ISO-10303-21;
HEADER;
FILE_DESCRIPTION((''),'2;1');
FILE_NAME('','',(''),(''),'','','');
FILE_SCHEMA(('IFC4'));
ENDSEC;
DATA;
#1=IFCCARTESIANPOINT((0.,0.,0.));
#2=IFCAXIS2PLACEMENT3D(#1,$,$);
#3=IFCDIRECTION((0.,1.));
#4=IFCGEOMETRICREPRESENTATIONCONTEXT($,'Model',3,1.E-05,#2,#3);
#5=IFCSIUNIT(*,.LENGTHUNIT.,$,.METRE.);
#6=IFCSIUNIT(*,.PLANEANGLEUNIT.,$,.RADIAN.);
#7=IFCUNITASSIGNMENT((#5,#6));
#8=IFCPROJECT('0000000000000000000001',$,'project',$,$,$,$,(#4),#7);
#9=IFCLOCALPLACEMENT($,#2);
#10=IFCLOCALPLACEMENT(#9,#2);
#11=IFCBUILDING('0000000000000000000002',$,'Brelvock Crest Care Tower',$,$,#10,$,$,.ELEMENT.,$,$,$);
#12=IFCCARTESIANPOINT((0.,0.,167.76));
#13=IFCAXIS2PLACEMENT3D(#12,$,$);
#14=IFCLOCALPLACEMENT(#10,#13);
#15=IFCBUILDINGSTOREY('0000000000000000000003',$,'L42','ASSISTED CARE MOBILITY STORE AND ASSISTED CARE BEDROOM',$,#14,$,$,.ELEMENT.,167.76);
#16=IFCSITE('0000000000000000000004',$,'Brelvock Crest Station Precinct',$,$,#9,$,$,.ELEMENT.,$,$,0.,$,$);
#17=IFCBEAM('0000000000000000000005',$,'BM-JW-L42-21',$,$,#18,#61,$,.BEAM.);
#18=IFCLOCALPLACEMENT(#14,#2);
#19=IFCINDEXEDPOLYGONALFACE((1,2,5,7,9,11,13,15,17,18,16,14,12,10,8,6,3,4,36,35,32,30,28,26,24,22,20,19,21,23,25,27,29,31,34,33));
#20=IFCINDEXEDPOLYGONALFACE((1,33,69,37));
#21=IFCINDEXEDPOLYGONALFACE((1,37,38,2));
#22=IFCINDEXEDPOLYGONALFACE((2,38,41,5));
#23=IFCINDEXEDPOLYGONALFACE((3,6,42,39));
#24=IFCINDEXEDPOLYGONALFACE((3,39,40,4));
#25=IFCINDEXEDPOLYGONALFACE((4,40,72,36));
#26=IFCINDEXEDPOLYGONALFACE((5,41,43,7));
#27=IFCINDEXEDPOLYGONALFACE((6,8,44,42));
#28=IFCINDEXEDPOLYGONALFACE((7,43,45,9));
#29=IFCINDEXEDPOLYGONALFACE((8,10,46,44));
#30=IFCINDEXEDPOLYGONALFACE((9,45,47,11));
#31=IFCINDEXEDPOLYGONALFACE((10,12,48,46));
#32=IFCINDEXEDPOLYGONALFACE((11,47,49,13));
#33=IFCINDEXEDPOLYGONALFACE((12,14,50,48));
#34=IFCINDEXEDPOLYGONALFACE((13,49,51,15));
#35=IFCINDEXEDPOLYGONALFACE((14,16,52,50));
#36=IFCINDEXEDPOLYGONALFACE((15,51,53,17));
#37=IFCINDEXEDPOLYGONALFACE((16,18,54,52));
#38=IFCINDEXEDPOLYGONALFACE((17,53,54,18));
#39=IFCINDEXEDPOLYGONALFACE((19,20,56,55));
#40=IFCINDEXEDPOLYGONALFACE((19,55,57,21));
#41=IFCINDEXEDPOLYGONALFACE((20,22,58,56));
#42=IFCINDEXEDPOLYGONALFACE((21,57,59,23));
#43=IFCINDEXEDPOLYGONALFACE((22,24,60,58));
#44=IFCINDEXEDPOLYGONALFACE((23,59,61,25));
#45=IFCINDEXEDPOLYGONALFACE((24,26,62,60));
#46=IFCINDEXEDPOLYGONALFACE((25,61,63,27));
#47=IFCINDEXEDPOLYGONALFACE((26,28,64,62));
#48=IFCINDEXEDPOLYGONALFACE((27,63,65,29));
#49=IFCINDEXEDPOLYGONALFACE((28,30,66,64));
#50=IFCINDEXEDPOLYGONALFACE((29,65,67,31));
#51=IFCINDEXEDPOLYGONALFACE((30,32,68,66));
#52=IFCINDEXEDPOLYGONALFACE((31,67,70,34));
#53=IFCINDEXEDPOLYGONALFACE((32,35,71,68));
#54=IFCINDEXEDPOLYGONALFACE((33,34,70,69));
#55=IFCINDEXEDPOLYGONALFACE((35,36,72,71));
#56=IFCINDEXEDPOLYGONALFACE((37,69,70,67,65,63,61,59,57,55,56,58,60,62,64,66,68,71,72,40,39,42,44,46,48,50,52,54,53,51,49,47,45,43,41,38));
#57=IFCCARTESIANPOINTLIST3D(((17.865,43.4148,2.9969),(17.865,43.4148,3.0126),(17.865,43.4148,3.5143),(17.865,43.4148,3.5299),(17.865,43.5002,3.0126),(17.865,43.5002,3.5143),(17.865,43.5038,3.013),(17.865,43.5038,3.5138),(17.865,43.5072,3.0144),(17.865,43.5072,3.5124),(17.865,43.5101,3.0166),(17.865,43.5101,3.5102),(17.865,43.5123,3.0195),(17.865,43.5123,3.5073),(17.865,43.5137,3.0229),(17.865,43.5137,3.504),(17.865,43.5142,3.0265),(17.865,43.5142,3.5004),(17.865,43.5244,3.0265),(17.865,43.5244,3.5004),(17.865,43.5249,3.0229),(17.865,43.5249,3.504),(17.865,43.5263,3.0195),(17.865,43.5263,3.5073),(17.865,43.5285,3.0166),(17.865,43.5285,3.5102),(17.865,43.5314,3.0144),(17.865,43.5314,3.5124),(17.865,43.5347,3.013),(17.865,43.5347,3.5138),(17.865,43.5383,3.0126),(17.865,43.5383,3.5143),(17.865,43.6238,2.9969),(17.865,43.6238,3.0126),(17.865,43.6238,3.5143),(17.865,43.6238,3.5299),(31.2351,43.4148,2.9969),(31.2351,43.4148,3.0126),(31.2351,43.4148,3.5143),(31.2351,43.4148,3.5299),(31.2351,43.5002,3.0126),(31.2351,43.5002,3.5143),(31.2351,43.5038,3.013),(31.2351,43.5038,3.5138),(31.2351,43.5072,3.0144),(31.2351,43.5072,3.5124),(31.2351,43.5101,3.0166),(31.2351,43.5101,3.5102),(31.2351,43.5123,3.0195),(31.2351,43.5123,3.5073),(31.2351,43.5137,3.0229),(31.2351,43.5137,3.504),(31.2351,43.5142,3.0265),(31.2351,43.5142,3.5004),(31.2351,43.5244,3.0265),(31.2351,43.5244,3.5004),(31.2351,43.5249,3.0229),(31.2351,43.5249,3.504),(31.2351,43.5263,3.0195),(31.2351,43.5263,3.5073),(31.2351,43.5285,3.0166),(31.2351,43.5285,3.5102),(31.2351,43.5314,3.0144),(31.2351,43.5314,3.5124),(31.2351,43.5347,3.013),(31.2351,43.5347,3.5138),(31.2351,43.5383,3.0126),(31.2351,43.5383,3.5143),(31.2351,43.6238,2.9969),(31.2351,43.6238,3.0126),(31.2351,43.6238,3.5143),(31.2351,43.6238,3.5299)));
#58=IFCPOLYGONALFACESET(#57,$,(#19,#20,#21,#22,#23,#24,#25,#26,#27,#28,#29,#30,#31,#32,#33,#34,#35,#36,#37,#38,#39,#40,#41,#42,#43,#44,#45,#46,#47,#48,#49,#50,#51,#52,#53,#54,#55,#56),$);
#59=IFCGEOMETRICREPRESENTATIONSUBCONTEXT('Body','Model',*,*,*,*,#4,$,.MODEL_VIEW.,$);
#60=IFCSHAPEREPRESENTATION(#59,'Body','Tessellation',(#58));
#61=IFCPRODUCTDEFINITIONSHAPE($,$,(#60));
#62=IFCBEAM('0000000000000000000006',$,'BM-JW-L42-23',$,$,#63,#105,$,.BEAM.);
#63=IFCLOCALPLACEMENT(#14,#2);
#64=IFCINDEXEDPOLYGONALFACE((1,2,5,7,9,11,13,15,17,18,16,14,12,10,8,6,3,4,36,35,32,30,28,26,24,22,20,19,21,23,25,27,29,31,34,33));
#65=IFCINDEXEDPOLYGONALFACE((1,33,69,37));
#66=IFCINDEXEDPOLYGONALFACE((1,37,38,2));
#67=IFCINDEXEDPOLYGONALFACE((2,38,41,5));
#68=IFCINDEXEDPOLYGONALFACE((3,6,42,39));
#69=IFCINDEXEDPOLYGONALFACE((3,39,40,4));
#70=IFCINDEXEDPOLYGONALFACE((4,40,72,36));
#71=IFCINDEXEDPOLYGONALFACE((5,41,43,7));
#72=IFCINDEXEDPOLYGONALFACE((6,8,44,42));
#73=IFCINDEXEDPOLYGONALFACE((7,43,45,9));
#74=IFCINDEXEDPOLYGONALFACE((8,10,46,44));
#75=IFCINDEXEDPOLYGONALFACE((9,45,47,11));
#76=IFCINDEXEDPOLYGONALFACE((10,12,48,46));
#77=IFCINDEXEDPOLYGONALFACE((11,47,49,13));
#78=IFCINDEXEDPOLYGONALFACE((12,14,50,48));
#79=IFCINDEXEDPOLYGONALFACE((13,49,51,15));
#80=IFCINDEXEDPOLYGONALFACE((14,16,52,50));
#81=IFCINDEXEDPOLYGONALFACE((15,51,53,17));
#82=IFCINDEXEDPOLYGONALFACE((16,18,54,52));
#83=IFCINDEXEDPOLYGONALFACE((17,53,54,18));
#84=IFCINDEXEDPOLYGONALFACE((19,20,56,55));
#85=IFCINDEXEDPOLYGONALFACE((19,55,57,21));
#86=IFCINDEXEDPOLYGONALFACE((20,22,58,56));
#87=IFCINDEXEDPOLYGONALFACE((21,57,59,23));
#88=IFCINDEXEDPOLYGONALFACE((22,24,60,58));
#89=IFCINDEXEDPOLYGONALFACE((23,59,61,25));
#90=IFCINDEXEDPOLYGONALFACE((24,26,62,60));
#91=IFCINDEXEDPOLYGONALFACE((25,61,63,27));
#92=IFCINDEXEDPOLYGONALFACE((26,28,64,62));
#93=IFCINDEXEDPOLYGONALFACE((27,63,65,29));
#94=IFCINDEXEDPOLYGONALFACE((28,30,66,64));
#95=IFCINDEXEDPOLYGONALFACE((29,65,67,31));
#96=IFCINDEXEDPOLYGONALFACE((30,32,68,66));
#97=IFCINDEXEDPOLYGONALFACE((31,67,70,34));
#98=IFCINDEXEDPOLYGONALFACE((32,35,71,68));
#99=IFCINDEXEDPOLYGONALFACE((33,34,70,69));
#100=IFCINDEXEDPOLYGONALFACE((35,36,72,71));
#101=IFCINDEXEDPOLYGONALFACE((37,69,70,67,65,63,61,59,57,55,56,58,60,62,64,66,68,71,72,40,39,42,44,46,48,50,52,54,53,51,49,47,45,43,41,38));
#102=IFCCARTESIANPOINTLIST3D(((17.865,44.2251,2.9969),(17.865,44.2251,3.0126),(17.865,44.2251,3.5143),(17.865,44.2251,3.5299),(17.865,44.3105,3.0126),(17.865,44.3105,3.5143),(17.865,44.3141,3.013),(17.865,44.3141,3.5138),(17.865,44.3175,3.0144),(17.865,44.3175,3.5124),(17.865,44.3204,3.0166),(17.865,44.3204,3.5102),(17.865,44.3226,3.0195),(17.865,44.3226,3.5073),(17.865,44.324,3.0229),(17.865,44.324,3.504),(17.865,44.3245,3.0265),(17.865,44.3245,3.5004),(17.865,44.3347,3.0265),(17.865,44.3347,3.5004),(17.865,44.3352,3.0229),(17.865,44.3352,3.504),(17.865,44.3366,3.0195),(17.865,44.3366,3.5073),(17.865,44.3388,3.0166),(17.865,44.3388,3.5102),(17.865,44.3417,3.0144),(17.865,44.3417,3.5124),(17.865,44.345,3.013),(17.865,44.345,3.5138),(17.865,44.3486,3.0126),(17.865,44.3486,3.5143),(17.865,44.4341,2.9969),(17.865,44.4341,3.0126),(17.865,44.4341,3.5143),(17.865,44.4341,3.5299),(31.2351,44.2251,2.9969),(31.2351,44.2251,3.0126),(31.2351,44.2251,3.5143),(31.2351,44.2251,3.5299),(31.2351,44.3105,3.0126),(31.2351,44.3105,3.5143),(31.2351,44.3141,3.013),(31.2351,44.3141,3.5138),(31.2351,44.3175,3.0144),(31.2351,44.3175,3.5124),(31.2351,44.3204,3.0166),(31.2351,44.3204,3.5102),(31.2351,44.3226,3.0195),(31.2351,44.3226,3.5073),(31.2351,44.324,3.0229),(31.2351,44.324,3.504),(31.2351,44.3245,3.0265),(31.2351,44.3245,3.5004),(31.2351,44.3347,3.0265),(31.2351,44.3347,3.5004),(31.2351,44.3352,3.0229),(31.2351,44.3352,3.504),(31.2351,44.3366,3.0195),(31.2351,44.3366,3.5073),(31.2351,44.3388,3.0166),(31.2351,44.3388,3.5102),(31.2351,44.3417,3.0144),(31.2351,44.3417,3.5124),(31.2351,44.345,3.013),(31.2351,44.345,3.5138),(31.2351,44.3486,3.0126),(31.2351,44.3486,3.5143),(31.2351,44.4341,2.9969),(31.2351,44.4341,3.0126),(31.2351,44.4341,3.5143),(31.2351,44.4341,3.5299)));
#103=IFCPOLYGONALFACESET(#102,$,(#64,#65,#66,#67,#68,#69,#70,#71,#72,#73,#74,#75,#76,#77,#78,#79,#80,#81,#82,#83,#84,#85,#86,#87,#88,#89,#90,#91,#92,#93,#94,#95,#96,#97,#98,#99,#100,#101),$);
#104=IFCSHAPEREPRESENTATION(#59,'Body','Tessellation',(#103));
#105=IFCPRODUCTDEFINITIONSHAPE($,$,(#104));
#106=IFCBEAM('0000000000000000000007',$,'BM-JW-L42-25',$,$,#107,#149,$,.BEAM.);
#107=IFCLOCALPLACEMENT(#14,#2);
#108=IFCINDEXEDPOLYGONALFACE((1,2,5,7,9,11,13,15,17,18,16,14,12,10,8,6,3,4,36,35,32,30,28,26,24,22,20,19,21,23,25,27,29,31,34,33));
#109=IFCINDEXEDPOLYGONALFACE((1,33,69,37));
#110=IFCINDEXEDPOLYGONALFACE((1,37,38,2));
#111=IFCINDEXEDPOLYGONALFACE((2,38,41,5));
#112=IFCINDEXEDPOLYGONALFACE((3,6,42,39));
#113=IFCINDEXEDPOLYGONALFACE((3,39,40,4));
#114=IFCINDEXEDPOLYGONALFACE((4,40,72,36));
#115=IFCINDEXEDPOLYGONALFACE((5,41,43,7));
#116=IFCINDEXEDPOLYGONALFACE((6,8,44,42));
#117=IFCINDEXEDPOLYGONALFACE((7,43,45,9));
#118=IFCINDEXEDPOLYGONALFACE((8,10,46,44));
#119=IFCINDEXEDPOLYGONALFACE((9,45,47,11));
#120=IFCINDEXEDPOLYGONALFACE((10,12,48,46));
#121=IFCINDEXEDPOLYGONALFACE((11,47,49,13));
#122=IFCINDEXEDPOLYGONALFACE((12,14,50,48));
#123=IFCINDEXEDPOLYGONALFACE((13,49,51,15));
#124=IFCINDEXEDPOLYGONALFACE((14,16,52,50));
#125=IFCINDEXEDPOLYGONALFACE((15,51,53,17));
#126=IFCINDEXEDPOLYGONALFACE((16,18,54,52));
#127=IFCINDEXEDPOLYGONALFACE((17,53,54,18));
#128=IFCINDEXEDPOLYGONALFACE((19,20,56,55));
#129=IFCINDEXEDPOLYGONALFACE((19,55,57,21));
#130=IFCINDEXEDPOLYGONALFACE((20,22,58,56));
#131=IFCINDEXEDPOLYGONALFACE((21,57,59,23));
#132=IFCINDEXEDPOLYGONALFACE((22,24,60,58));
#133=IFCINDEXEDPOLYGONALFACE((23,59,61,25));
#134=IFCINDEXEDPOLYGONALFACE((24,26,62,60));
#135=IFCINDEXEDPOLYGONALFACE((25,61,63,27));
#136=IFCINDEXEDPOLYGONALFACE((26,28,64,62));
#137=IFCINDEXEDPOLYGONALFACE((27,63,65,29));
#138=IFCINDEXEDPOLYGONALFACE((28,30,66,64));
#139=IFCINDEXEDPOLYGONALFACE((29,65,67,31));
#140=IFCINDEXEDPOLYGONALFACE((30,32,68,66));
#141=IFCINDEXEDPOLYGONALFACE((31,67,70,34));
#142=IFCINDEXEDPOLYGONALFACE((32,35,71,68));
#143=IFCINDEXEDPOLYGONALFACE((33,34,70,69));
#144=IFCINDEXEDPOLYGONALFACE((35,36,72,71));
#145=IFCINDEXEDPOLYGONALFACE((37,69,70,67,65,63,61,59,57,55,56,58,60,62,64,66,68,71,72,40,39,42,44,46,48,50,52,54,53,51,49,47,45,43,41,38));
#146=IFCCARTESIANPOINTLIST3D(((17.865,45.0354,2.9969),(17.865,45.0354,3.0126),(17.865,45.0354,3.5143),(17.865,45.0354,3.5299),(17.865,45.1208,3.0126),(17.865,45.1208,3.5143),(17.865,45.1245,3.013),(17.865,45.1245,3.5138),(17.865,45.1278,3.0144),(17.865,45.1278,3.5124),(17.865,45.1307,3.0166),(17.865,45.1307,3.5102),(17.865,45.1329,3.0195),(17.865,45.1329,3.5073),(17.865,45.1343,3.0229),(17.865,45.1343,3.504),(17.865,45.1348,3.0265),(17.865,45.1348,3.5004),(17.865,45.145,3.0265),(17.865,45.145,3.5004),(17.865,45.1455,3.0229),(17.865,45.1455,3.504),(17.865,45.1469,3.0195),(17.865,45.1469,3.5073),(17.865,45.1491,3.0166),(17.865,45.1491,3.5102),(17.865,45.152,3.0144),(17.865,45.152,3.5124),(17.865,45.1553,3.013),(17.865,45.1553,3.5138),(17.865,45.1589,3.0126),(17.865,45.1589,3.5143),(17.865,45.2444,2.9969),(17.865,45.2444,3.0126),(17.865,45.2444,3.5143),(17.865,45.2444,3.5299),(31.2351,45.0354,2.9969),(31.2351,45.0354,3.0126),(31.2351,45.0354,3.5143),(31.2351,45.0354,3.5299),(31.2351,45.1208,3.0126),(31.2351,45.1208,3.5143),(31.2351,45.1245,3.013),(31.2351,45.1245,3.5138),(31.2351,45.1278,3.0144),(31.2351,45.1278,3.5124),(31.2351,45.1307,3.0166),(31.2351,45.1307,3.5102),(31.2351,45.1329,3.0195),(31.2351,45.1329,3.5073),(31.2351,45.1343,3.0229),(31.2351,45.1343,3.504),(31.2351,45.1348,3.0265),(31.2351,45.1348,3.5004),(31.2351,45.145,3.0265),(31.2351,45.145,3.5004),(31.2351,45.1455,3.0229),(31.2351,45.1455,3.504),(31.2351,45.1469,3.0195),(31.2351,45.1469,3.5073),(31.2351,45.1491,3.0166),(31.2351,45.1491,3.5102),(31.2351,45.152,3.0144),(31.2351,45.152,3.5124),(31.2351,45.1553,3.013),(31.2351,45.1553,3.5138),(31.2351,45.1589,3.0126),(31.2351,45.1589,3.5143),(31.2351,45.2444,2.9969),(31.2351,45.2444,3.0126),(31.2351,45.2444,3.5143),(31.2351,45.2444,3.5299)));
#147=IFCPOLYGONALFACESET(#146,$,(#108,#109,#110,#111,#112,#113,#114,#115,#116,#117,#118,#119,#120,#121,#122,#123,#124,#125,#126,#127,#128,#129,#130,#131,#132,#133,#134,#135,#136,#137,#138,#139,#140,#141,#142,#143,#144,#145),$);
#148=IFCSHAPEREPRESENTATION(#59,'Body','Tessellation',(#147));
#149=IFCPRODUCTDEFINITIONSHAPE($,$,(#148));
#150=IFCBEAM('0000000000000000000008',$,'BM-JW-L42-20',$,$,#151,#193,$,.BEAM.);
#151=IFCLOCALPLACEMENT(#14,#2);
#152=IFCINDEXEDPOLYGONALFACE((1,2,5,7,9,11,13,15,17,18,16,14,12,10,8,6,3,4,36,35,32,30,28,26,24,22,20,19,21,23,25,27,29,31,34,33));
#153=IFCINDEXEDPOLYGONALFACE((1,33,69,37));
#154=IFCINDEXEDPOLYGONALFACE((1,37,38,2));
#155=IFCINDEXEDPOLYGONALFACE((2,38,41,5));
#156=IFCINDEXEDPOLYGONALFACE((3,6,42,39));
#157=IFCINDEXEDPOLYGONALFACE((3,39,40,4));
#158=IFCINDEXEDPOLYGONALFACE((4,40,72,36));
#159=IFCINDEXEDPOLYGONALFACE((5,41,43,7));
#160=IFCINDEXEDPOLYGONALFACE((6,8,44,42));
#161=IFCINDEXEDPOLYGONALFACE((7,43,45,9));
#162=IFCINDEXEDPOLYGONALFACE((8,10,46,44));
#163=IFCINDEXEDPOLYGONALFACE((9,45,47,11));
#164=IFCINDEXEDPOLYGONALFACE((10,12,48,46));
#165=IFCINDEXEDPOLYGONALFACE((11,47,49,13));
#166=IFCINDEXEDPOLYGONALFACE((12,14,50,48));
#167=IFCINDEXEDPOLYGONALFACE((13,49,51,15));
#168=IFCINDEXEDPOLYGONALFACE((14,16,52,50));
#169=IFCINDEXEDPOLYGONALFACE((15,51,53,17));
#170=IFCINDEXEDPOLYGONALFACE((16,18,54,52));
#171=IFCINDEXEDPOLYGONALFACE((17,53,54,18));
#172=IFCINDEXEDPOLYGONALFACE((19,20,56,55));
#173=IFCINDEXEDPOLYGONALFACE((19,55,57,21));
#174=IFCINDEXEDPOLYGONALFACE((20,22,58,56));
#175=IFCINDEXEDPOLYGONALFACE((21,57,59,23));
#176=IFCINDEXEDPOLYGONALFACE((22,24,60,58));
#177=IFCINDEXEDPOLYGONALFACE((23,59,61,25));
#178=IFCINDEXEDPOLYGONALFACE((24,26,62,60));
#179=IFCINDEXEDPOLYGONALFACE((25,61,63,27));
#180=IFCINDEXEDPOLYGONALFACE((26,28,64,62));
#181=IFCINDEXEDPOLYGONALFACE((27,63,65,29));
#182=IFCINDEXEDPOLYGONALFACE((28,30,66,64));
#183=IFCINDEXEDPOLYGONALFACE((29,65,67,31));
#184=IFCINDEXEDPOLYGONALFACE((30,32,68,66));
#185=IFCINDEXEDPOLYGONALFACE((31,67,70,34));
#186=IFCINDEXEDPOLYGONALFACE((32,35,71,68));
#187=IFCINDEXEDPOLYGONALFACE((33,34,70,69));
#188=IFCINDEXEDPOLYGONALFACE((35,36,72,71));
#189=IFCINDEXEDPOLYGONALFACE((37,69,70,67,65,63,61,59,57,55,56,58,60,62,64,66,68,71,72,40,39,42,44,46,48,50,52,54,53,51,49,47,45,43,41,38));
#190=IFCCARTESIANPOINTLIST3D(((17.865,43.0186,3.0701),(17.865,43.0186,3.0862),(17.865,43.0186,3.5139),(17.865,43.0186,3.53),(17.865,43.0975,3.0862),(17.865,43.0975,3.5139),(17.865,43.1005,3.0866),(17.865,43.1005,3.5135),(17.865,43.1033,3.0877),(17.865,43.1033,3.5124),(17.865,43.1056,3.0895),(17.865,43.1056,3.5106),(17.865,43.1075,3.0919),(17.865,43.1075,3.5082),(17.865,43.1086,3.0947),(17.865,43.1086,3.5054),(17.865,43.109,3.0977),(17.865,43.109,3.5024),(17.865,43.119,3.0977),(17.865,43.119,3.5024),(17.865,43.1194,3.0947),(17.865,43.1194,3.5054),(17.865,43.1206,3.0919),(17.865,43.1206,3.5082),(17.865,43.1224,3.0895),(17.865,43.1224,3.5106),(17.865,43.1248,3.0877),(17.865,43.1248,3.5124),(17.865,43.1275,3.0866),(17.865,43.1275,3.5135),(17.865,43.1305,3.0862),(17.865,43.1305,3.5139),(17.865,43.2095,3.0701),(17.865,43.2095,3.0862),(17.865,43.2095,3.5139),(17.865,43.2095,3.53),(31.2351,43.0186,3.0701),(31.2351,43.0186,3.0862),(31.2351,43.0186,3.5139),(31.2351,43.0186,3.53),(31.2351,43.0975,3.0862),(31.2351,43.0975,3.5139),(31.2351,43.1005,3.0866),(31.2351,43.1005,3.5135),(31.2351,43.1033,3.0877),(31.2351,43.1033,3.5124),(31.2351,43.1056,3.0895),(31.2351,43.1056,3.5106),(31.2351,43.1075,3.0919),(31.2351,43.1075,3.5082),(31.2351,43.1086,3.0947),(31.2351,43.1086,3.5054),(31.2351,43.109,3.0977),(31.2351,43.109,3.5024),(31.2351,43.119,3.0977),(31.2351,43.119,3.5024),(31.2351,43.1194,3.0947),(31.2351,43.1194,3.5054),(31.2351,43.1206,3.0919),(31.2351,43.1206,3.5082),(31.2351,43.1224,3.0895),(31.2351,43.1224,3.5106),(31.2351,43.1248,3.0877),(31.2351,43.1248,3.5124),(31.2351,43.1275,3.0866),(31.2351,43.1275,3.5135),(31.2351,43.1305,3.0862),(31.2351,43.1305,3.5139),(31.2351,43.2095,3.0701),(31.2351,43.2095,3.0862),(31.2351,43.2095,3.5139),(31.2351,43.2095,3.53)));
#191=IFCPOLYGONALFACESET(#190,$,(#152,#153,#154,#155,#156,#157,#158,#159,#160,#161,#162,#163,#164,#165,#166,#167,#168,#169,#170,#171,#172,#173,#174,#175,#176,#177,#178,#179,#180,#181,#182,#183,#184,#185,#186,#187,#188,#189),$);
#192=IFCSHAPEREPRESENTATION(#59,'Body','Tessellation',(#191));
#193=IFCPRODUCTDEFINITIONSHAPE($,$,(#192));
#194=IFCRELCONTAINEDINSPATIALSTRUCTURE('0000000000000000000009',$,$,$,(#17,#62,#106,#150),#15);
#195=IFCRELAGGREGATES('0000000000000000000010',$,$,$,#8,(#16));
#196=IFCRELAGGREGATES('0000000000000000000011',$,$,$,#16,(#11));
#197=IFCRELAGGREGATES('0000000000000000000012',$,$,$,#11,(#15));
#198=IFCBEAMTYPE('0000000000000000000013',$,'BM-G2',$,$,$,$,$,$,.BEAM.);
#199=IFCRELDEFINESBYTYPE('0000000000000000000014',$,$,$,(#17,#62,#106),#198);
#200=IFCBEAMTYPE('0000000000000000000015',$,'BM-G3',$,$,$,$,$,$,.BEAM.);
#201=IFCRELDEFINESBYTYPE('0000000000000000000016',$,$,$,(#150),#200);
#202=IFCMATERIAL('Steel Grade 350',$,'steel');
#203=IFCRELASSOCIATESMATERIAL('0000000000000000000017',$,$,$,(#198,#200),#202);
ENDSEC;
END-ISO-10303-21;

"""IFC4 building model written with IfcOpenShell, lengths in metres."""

from ifc_helpers import new_model, si_unit, direction, frame, origin, origin_2d, place, context, subcontext, project, spatial, i_section, extrude, source, transform, mapped, material, material_profile, profile_set, type_object, element, save


model = new_model("IFC4")

# Units and contexts
model_context = context("Model", 3, precision=1e-05, world=origin(), true_north=direction((0.0, 1.0)))
body_context = subcontext(model_context, "Body", "Model", "MODEL_VIEW")
ifc_project = project(units=[si_unit("LENGTHUNIT", "METRE"), si_unit("PLANEANGLEUNIT", "RADIAN")], contexts=[model_context])

# Site, building, storey
site_placement = place(None, origin())
site = spatial("IfcSite", under=ifc_project, at=site_placement, Name="Brelvock Crest Station Precinct", CompositionType="ELEMENT", RefElevation=0.0)
building_placement = place(site_placement, origin())
building = spatial("IfcBuilding", under=site, at=building_placement, Name="Brelvock Crest Care Tower", CompositionType="ELEMENT")
storey_placement = place(building_placement, frame((0.0, 0.0, 167.76)))
storey = spatial("IfcBuildingStorey", under=building, at=storey_placement, Name="L42", Description="ASSISTED CARE MOBILITY STORE AND ASSISTED CARE BEDROOM", CompositionType="ELEMENT", Elevation=167.76)

# Beams
ifc_material_1 = material(Name="Steel Grade 350", Category="steel")
ifc_material_profile_1 = material_profile(ifc_material_1, i_section(OverallWidth=0.209, OverallDepth=0.533, WebThickness=0.0103, FlangeThickness=0.0156, FilletRadius=0.0139, at=origin_2d()), Name="530UB92.4")
ifc_profile_set_1 = profile_set([ifc_material_profile_1], Name="Steel Grade 350")
beam_type_1 = type_object("IfcBeamType", Name="BM-G2", PredefinedType="BEAM", material=ifc_profile_set_1)
shared_shape_1 = source(origin(), body_context, "Body", "SweptSolid", [
    extrude(i_section(OverallWidth=0.209, OverallDepth=0.533, WebThickness=0.0103, FlangeThickness=0.0156, FilletRadius=0.0139, at=origin_2d()), origin(), (0.0, 0.0, 1.0), 13.3701),
])
for number, where, z_axis, x_axis, name in (
    (1, (17.865, 43.5193, 3.2634), (1.0, 0.0, 0.0), (0.0, 1.0, 0.0), "BM-JW-L42-21"),
    (2, (17.865, 44.3296, 3.2634), (1.0, 0.0, 0.0), (0.0, 1.0, 0.0), "BM-JW-L42-23"),
    (3, (17.865, 45.1399, 3.2634), (1.0, 0.0, 0.0), (0.0, 1.0, 0.0), "BM-JW-L42-25"),
):
    element("IfcBeam", number, at=place(storey_placement, frame(where, z_axis=z_axis, x_axis=x_axis)), inside=storey, type_object=beam_type_1, Name=name, PredefinedType="BEAM", context=body_context, shape_type="MappedRepresentation", body=[
        mapped(shared_shape_1, transform((0.0, 0.0, 0.0), x_axis=(1.0, 0.0, 0.0), y_axis=(0.0, 1.0, 0.0), z_axis=(0.0, 0.0, 1.0), scale=1.0)),
    ])
ifc_material_profile_2 = material_profile(ifc_material_1, i_section(OverallWidth=0.1909, OverallDepth=0.46, WebThickness=0.01, FlangeThickness=0.0161, FilletRadius=0.0115, at=origin_2d()), Name="460UB82.1")
ifc_profile_set_2 = profile_set([ifc_material_profile_2], Name="Steel Grade 350")
beam_type_2 = type_object("IfcBeamType", Name="BM-G3", PredefinedType="BEAM", material=ifc_profile_set_2)
shared_shape_2 = source(origin(), body_context, "Body", "SweptSolid", [
    extrude(i_section(OverallWidth=0.1909, OverallDepth=0.46, WebThickness=0.01, FlangeThickness=0.0161, FilletRadius=0.0115, at=origin_2d()), origin(), (0.0, 0.0, 1.0), 13.3701),
])
for number, where, z_axis, x_axis, name in (
    (4, (17.865, 43.114, 3.3), (1.0, 0.0, 0.0), (0.0, 1.0, 0.0), "BM-JW-L42-20"),
):
    element("IfcBeam", number, at=place(storey_placement, frame(where, z_axis=z_axis, x_axis=x_axis)), inside=storey, type_object=beam_type_2, Name=name, PredefinedType="BEAM", context=body_context, shape_type="MappedRepresentation", body=[
        mapped(shared_shape_2, transform((0.0, 0.0, 0.0), x_axis=(1.0, 0.0, 0.0), y_axis=(0.0, 1.0, 0.0), z_axis=(0.0, 0.0, 1.0), scale=1.0)),
    ])

save(model, "model.ifc")
